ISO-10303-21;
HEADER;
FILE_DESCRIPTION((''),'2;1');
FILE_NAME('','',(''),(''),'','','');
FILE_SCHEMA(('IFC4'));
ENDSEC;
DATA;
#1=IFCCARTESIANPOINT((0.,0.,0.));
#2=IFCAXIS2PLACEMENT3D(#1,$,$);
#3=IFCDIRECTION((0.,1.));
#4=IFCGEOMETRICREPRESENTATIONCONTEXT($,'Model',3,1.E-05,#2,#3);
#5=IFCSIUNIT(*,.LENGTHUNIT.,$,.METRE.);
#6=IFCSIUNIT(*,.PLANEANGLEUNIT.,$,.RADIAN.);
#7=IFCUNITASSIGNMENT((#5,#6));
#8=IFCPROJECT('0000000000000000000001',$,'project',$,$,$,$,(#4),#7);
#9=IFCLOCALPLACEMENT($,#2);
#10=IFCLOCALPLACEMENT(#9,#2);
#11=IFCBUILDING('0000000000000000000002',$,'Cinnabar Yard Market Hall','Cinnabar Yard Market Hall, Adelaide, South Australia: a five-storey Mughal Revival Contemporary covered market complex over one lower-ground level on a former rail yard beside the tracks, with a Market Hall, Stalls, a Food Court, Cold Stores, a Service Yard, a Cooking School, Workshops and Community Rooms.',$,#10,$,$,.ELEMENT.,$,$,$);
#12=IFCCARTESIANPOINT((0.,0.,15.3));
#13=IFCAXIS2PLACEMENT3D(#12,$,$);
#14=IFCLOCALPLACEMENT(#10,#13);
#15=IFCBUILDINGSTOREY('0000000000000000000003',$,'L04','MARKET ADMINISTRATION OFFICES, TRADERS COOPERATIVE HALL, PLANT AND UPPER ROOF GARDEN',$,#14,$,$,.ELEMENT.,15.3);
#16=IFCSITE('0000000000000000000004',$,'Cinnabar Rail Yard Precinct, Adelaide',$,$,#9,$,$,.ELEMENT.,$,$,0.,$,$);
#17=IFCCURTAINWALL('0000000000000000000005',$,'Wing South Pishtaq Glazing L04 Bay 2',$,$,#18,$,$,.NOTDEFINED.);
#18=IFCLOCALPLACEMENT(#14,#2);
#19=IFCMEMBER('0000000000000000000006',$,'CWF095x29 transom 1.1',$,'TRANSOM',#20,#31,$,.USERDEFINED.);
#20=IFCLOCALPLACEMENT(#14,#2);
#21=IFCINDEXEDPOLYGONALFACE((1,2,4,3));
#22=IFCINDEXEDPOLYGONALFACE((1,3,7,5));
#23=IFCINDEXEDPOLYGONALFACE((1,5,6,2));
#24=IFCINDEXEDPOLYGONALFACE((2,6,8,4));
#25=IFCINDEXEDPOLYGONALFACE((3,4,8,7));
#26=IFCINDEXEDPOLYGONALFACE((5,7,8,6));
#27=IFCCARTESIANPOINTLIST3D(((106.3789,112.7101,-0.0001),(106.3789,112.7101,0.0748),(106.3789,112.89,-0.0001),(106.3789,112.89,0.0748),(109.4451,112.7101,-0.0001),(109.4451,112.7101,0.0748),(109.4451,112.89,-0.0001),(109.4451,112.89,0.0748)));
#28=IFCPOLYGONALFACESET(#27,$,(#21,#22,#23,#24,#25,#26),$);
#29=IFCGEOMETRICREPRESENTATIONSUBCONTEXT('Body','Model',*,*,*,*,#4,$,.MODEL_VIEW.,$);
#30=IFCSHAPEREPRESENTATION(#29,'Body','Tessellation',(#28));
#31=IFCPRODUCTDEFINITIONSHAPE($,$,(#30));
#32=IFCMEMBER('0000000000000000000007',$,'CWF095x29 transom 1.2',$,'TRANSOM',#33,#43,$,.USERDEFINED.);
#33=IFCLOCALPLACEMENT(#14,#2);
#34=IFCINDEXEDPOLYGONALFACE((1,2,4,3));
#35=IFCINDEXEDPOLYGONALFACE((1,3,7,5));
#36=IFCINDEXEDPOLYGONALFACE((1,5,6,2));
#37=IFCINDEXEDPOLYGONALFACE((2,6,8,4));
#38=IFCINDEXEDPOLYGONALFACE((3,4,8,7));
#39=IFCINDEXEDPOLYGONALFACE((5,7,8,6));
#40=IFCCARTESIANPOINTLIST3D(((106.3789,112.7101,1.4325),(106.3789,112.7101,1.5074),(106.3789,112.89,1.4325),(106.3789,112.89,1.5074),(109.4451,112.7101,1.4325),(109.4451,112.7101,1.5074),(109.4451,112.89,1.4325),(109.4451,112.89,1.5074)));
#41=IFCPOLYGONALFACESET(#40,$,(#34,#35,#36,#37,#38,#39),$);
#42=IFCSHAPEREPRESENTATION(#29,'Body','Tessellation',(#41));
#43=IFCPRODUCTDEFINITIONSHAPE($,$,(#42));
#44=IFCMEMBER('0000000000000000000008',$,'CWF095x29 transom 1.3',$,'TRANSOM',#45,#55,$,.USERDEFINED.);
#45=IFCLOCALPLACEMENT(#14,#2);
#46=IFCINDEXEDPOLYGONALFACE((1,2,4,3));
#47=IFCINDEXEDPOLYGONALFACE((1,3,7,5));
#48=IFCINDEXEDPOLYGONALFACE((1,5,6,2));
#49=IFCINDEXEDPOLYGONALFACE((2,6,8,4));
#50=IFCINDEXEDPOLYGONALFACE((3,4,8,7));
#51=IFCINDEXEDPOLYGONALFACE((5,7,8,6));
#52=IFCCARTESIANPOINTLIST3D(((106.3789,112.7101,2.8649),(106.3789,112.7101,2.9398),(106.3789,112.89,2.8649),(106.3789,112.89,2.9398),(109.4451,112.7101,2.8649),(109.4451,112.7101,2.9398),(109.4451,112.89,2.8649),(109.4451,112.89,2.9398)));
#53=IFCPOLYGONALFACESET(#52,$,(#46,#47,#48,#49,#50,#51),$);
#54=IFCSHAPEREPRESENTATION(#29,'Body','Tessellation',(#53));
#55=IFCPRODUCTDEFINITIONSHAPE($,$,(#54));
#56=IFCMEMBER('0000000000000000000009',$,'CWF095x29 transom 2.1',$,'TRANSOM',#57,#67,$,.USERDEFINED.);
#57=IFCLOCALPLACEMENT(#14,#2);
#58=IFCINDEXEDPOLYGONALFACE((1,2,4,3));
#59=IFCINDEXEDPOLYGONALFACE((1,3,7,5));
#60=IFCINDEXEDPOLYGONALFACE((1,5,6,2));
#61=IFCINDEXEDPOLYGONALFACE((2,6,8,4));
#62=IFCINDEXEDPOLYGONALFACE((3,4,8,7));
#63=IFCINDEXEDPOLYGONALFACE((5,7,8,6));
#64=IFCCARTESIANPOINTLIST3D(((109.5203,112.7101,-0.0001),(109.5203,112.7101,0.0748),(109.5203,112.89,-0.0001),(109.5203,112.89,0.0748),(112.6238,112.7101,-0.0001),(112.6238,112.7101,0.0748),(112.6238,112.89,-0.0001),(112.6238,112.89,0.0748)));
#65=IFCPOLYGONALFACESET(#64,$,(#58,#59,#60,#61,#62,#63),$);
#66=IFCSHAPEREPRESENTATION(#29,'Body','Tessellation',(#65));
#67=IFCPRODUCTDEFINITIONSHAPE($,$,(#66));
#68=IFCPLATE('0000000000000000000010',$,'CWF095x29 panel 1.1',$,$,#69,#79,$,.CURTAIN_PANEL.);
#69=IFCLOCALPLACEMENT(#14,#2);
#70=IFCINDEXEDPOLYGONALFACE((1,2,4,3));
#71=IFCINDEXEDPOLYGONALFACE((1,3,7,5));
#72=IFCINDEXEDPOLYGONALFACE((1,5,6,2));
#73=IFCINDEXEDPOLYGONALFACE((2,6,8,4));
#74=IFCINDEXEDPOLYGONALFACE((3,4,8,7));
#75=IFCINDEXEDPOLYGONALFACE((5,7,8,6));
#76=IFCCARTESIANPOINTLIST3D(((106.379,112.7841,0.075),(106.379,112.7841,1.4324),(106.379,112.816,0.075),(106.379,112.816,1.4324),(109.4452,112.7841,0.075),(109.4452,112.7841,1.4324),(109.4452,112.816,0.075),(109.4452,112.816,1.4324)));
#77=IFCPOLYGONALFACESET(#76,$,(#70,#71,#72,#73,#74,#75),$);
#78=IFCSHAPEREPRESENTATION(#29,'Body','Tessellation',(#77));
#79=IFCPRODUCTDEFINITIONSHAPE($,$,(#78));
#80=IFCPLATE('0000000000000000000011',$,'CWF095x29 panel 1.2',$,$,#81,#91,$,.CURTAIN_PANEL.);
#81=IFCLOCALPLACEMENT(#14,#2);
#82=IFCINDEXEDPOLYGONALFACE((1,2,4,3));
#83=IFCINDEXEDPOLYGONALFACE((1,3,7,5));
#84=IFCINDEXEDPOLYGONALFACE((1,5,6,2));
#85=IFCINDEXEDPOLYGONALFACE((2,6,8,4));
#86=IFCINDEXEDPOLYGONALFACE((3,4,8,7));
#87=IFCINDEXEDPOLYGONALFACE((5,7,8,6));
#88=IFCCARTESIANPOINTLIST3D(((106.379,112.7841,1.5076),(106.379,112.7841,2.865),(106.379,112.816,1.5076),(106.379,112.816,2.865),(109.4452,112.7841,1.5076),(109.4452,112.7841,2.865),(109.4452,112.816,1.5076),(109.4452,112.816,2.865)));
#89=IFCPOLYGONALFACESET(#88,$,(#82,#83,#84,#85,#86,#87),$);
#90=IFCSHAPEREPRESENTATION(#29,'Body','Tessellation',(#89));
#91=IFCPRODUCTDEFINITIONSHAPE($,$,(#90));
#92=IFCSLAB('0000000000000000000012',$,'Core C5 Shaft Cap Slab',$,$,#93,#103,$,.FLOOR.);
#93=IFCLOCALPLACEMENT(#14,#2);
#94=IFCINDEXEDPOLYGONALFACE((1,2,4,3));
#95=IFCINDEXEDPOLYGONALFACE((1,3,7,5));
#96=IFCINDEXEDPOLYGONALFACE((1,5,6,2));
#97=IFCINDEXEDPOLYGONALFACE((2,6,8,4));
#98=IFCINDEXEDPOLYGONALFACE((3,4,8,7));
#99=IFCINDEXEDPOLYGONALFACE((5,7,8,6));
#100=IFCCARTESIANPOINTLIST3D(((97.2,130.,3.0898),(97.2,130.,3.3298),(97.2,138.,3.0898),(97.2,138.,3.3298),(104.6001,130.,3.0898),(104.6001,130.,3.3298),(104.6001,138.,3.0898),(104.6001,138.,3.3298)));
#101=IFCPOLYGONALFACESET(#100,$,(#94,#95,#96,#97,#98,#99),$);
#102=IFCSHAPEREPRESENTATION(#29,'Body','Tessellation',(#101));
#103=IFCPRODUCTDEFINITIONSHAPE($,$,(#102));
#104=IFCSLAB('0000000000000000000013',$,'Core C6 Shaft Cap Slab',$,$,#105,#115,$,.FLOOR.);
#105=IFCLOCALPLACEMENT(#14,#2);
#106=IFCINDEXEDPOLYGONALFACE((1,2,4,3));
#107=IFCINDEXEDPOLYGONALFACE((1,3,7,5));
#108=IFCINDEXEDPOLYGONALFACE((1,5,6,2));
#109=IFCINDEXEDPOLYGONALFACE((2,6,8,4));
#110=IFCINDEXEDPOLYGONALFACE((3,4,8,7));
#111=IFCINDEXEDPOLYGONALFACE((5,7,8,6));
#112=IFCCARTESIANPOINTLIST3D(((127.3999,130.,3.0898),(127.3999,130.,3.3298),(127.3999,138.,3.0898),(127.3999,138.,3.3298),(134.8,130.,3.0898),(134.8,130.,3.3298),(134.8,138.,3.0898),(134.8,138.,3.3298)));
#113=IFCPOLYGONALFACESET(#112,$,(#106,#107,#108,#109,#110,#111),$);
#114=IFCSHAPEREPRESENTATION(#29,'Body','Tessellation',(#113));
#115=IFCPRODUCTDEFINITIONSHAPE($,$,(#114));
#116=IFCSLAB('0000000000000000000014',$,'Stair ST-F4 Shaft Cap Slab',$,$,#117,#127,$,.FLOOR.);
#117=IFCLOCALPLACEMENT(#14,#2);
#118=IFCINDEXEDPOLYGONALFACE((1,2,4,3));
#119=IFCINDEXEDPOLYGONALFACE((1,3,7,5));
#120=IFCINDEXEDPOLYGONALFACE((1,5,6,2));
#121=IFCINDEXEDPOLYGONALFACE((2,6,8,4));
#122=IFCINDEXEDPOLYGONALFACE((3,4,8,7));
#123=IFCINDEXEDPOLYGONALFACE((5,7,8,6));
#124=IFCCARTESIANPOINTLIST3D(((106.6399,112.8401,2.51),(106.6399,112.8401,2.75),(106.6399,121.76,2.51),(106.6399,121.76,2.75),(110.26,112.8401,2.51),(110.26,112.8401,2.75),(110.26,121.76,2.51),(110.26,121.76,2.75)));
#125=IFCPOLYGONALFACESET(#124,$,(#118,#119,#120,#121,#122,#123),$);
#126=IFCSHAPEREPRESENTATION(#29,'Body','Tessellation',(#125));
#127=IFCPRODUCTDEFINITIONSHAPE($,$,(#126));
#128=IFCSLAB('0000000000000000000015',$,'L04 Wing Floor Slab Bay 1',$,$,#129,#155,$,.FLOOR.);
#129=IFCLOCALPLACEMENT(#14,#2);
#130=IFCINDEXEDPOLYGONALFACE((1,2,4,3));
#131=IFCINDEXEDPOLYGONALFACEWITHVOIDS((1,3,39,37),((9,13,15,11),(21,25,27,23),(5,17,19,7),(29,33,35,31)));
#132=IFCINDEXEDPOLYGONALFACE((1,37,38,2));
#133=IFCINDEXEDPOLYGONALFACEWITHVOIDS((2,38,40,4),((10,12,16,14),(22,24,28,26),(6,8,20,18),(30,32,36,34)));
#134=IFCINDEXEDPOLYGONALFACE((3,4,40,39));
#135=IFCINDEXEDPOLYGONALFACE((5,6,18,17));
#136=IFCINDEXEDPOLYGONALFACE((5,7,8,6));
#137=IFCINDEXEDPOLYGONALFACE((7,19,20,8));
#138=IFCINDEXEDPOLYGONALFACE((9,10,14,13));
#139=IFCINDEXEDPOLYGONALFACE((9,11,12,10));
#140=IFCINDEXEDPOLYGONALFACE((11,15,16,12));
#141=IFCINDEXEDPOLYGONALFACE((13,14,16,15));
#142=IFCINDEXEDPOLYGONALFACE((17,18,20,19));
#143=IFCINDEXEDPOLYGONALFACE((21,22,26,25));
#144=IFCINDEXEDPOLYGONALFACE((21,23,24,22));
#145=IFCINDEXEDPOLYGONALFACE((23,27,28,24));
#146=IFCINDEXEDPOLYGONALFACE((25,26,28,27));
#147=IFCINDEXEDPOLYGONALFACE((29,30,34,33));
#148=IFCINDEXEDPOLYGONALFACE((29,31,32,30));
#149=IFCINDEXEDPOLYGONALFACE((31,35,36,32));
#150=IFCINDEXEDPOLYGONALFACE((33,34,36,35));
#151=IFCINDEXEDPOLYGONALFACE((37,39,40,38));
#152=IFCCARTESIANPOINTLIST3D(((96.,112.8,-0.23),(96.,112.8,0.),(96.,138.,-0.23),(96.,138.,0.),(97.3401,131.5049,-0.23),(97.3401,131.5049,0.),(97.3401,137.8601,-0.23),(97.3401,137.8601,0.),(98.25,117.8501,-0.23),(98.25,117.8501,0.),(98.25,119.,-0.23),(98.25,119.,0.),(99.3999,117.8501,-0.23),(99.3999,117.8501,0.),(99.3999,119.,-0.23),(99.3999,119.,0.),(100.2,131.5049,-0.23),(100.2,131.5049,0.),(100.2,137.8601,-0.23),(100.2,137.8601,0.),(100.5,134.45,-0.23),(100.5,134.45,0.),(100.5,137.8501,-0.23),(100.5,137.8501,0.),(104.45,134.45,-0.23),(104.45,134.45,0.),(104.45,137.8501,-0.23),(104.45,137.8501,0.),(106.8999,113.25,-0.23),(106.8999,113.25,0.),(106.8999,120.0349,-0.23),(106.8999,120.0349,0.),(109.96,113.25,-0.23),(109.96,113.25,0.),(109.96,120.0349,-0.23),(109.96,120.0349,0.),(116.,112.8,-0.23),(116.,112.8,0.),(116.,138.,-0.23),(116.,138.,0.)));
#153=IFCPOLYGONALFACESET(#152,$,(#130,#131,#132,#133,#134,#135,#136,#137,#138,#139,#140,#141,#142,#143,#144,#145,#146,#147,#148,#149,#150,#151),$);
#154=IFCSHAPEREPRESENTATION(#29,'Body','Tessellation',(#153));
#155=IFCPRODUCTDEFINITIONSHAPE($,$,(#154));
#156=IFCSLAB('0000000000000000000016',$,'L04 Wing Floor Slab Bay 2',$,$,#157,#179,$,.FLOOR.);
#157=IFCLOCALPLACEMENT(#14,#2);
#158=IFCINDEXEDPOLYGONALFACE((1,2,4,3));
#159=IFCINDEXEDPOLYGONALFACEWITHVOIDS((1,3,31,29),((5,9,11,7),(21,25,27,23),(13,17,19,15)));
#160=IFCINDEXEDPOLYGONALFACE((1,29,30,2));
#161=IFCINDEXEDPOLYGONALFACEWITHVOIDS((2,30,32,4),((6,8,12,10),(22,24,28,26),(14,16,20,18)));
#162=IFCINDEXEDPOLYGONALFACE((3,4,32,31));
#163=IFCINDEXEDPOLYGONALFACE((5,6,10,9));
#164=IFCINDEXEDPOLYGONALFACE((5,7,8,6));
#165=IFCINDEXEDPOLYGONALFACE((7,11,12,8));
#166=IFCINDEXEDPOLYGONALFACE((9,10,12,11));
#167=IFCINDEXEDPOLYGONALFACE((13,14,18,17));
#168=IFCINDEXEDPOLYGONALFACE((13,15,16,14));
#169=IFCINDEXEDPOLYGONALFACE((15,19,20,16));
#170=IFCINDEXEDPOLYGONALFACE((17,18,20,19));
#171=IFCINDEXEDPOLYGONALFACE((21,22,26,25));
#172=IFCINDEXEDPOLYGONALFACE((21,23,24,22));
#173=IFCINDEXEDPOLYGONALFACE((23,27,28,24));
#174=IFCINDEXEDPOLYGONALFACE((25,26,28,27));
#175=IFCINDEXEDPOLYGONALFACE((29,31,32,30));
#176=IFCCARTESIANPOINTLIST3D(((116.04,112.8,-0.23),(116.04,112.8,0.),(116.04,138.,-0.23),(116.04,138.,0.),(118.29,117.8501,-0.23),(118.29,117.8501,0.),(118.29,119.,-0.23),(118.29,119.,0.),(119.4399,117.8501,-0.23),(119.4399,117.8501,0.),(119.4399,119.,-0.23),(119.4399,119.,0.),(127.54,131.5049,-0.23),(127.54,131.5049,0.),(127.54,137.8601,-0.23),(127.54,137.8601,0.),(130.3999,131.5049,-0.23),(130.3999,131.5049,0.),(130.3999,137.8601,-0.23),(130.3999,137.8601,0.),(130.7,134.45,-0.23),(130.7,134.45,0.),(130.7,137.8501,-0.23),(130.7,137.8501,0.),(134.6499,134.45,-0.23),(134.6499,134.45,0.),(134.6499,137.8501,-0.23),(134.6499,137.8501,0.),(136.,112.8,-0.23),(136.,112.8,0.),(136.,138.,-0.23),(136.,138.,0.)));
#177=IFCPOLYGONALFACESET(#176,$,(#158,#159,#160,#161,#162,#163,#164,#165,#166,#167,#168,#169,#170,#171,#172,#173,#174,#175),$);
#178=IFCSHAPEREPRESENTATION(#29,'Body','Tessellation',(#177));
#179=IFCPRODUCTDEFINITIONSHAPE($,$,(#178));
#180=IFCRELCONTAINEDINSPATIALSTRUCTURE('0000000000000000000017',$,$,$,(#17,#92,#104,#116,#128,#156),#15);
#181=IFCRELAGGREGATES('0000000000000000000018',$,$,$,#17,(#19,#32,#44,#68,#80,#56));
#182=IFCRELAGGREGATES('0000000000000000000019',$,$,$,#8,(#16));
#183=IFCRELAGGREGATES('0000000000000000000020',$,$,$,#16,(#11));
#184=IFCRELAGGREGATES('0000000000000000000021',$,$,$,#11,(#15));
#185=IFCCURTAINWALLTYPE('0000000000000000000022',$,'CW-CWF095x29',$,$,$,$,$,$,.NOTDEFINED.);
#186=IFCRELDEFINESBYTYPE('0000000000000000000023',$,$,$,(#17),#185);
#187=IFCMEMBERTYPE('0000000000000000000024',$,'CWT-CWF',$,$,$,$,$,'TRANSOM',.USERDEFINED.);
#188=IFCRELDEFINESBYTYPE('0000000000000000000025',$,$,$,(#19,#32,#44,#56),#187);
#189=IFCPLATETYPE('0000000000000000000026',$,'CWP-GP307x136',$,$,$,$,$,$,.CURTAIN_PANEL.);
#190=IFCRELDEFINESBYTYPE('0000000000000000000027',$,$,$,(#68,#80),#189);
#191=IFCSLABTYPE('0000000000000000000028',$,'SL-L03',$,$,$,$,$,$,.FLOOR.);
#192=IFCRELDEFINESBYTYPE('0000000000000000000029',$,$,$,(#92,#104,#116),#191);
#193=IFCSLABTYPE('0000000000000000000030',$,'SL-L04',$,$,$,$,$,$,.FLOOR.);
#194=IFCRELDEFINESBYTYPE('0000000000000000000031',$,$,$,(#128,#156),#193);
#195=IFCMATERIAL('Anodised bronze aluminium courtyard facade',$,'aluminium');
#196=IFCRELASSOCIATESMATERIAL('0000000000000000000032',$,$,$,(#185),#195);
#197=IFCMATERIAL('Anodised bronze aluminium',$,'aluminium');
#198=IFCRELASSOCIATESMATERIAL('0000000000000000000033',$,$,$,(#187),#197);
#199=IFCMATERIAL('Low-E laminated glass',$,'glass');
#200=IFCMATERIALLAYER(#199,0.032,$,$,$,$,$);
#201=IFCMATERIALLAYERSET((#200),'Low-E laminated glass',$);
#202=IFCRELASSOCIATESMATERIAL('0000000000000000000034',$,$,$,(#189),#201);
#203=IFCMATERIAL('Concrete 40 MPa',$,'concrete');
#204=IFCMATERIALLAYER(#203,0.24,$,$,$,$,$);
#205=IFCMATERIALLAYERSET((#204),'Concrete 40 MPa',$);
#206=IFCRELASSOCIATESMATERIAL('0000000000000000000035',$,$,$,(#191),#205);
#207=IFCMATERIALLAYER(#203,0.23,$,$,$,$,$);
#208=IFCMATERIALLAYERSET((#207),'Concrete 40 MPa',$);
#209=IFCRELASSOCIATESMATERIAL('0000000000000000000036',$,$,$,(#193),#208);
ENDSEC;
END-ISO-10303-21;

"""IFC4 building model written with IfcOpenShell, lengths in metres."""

from ifc_helpers import new_model, si_unit, direction, frame, origin, origin_2d_with_axis, place, context, subcontext, project, spatial, polyline, rectangle, outline, extrude, material, layer, layer_set, material_profile, profile_set, type_object, element, aggregate, save


model = new_model("IFC4")

# Units and contexts
model_context = context("Model", 3, precision=1e-05, world=origin(), true_north=direction((0.0, 1.0)))
body_context = subcontext(model_context, "Body", "Model", "MODEL_VIEW")
ifc_project = project(units=[si_unit("LENGTHUNIT", "METRE"), si_unit("PLANEANGLEUNIT", "RADIAN")], contexts=[model_context])

# Site, building, storey
site_placement = place(None, origin())
site = spatial("IfcSite", under=ifc_project, at=site_placement, Name="Cinnabar Rail Yard Precinct, Adelaide", CompositionType="ELEMENT", RefElevation=0.0)
building_placement = place(site_placement, origin())
building = spatial("IfcBuilding", under=site, at=building_placement, Name="Cinnabar Yard Market Hall", Description="Cinnabar Yard Market Hall, Adelaide, South Australia: a five-storey Mughal Revival Contemporary covered market complex over one lower-ground level on a former rail yard beside the tracks, with a Market Hall, Stalls, a Food Court, Cold Stores, a Service Yard, a Cooking School, Workshops and Community Rooms.", CompositionType="ELEMENT")
storey_placement = place(building_placement, frame((0.0, 0.0, 15.3)))
storey = spatial("IfcBuildingStorey", under=building, at=storey_placement, Name="L04", Description="MARKET ADMINISTRATION OFFICES, TRADERS COOPERATIVE HALL, PLANT AND UPPER ROOF GARDEN", CompositionType="ELEMENT", Elevation=15.3)

# Shared definitions
ifc_material_1 = material(Name="Concrete 40 MPa", Category="concrete")

# Curtain wall, members, plates
ifc_material_2 = material(Name="Anodised bronze aluminium courtyard facade", Category="aluminium")
curtain_wall_type = type_object("IfcCurtainWallType", Name="CW-CWF095x29", PredefinedType="NOTDEFINED", material=ifc_material_2)
curtain_wall_placement = place(storey_placement, origin())
curtain_wall = element("IfcCurtainWall", 1, at=curtain_wall_placement, inside=storey, type_object=curtain_wall_type, Name="Wing South Pishtaq Glazing L04 Bay 2", PredefinedType="NOTDEFINED")
ifc_material_3 = material(Name="Anodised bronze aluminium", Category="aluminium")
ifc_material_profile_1 = material_profile(ifc_material_3, rectangle(XDim=0.1799, YDim=0.075, at=origin_2d_with_axis()), Name="TRN-CWF")
ifc_profile_set_1 = profile_set([ifc_material_profile_1], Name="Anodised bronze aluminium")
member_type_1 = type_object("IfcMemberType", Name="CWT-CWF", ElementType="TRANSOM", PredefinedType="USERDEFINED", material=ifc_profile_set_1)
member_1_placement = place(storey_placement, frame((106.3789, 112.8, 0.0374), z_axis=(1.0, 0.0, 0.0), x_axis=(0.0, 1.0, 0.0)))
member_1 = element("IfcMember", 2, at=member_1_placement, type_object=member_type_1, Name="CWF095x29 transom 1.1", ObjectType="TRANSOM", PredefinedType="USERDEFINED", context=body_context, shape_type="SweptSolid", body=[
    extrude(rectangle(XDim=0.1799, YDim=0.075, at=origin_2d_with_axis()), origin(), (0.0, 0.0, 1.0), 3.0662),
])
member_2_placement = place(storey_placement, frame((106.3789, 112.8, 1.47), z_axis=(1.0, 0.0, 0.0), x_axis=(0.0, 1.0, 0.0)))
member_2 = element("IfcMember", 3, at=member_2_placement, type_object=member_type_1, Name="CWF095x29 transom 1.2", ObjectType="TRANSOM", PredefinedType="USERDEFINED", context=body_context, shape_type="SweptSolid", body=[
    extrude(rectangle(XDim=0.1799, YDim=0.075, at=origin_2d_with_axis()), origin(), (0.0, 0.0, 1.0), 3.0662),
])
member_3_placement = place(storey_placement, frame((106.3789, 112.8, 2.9023), z_axis=(1.0, 0.0, 0.0), x_axis=(0.0, 1.0, 0.0)))
member_3 = element("IfcMember", 4, at=member_3_placement, type_object=member_type_1, Name="CWF095x29 transom 1.3", ObjectType="TRANSOM", PredefinedType="USERDEFINED", context=body_context, shape_type="SweptSolid", body=[
    extrude(rectangle(XDim=0.1799, YDim=0.075, at=origin_2d_with_axis()), origin(), (0.0, 0.0, 1.0), 3.0662),
])
member_4_placement = place(storey_placement, frame((109.5203, 112.8, 0.0374), z_axis=(1.0, 0.0, 0.0), x_axis=(0.0, 1.0, 0.0)))
member_4 = element("IfcMember", 5, at=member_4_placement, type_object=member_type_1, Name="CWF095x29 transom 2.1", ObjectType="TRANSOM", PredefinedType="USERDEFINED", context=body_context, shape_type="SweptSolid", body=[
    extrude(rectangle(XDim=0.1799, YDim=0.075, at=origin_2d_with_axis()), origin(), (0.0, 0.0, 1.0), 3.1035),
])
ifc_material_4 = material(Name="Low-E laminated glass", Category="glass")
ifc_layer_1 = layer(ifc_material_4, 0.032)
ifc_layer_set_1 = layer_set([ifc_layer_1], Name="Low-E laminated glass")
plate_type = type_object("IfcPlateType", Name="CWP-GP307x136", PredefinedType="CURTAIN_PANEL", material=ifc_layer_set_1)
plate_1_placement = place(storey_placement, frame((107.9121, 112.8, 0.075), z_axis=(0.0, 0.0, 1.0), x_axis=(1.0, 0.0, 0.0)))
plate_1 = element("IfcPlate", 6, at=plate_1_placement, type_object=plate_type, Name="CWF095x29 panel 1.1", PredefinedType="CURTAIN_PANEL", context=body_context, shape_type="SweptSolid", body=[
    extrude(rectangle(XDim=3.0662, YDim=0.032, at=origin_2d_with_axis()), origin(), (0.0, 0.0, 1.0), 1.3574),
])
plate_2_placement = place(storey_placement, frame((107.9121, 112.8, 1.5076), z_axis=(0.0, 0.0, 1.0), x_axis=(1.0, 0.0, 0.0)))
plate_2 = element("IfcPlate", 7, at=plate_2_placement, type_object=plate_type, Name="CWF095x29 panel 1.2", PredefinedType="CURTAIN_PANEL", context=body_context, shape_type="SweptSolid", body=[
    extrude(rectangle(XDim=3.0662, YDim=0.032, at=origin_2d_with_axis()), origin(), (0.0, 0.0, 1.0), 1.3574),
])
aggregate(curtain_wall, [member_1, member_2, member_3, plate_1, plate_2, member_4])

# Slabs
ifc_layer_2 = layer(ifc_material_1, 0.24)
ifc_layer_set_2 = layer_set([ifc_layer_2], Name="Concrete 40 MPa")
slab_type_1 = type_object("IfcSlabType", Name="SL-L03", PredefinedType="FLOOR", material=ifc_layer_set_2)
slab_1_placement = place(storey_placement, frame((0.0, 0.0, 3.0898)))
element("IfcSlab", 8, at=slab_1_placement, inside=storey, type_object=slab_type_1, Name="Core C5 Shaft Cap Slab", PredefinedType="FLOOR", context=body_context, shape_type="SweptSolid", body=[
    extrude(outline(polyline([(97.2, 130.0), (104.6001, 130.0), (104.6001, 138.0), (97.2, 138.0), (97.2, 130.0)])), origin(), (0.0, 0.0, 1.0), 0.24),
])
slab_2_placement = place(storey_placement, frame((0.0, 0.0, 3.0898)))
element("IfcSlab", 9, at=slab_2_placement, inside=storey, type_object=slab_type_1, Name="Core C6 Shaft Cap Slab", PredefinedType="FLOOR", context=body_context, shape_type="SweptSolid", body=[
    extrude(outline(polyline([(127.3999, 130.0), (134.8, 130.0), (134.8, 138.0), (127.3999, 138.0), (127.3999, 130.0)])), origin(), (0.0, 0.0, 1.0), 0.24),
])
slab_3_placement = place(storey_placement, frame((0.0, 0.0, 2.51)))
element("IfcSlab", 10, at=slab_3_placement, inside=storey, type_object=slab_type_1, Name="Stair ST-F4 Shaft Cap Slab", PredefinedType="FLOOR", context=body_context, shape_type="SweptSolid", body=[
    extrude(outline(polyline([(106.6399, 112.8401), (110.26, 112.8401), (110.26, 121.76), (106.6399, 121.76), (106.6399, 112.8401)])), origin(), (0.0, 0.0, 1.0), 0.24),
])
ifc_layer_3 = layer(ifc_material_1, 0.23)
ifc_layer_set_3 = layer_set([ifc_layer_3], Name="Concrete 40 MPa")
slab_type_2 = type_object("IfcSlabType", Name="SL-L04", PredefinedType="FLOOR", material=ifc_layer_set_3)
slab_4_placement = place(storey_placement, frame((0.0, 0.0, -0.23)))
element("IfcSlab", 11, at=slab_4_placement, inside=storey, type_object=slab_type_2, Name="L04 Wing Floor Slab Bay 1", PredefinedType="FLOOR", context=body_context, shape_type="SweptSolid", body=[
    extrude(outline(polyline([(96.0, 112.8), (116.0, 112.8), (116.0, 138.0), (96.0, 138.0), (96.0, 112.8)]), holes=[polyline([(98.25, 117.8501), (99.3999, 117.8501), (99.3999, 119.0), (98.25, 119.0), (98.25, 117.8501)]), polyline([(100.2, 131.5049), (100.2, 137.8601), (97.3401, 137.8601), (97.3401, 131.5049), (100.2, 131.5049)]), polyline([(100.5, 134.45), (104.45, 134.45), (104.45, 137.8501), (100.5, 137.8501), (100.5, 134.45)]), polyline([(106.8999, 120.0349), (106.8999, 113.25), (109.96, 113.25), (109.96, 120.0349), (106.8999, 120.0349)])]), origin(), (0.0, 0.0, 1.0), 0.23),
])
slab_5_placement = place(storey_placement, frame((0.0, 0.0, -0.23)))
element("IfcSlab", 12, at=slab_5_placement, inside=storey, type_object=slab_type_2, Name="L04 Wing Floor Slab Bay 2", PredefinedType="FLOOR", context=body_context, shape_type="SweptSolid", body=[
    extrude(outline(polyline([(116.04, 112.8), (136.0, 112.8), (136.0, 138.0), (116.04, 138.0), (116.04, 112.8)]), holes=[polyline([(118.29, 117.8501), (119.4399, 117.8501), (119.4399, 119.0), (118.29, 119.0), (118.29, 117.8501)]), polyline([(130.3999, 131.5049), (130.3999, 137.8601), (127.54, 137.8601), (127.54, 131.5049), (130.3999, 131.5049)]), polyline([(130.7, 134.45), (134.6499, 134.45), (134.6499, 137.8501), (130.7, 137.8501), (130.7, 134.45)])]), origin(), (0.0, 0.0, 1.0), 0.23),
])

save(model, "model.ifc")
